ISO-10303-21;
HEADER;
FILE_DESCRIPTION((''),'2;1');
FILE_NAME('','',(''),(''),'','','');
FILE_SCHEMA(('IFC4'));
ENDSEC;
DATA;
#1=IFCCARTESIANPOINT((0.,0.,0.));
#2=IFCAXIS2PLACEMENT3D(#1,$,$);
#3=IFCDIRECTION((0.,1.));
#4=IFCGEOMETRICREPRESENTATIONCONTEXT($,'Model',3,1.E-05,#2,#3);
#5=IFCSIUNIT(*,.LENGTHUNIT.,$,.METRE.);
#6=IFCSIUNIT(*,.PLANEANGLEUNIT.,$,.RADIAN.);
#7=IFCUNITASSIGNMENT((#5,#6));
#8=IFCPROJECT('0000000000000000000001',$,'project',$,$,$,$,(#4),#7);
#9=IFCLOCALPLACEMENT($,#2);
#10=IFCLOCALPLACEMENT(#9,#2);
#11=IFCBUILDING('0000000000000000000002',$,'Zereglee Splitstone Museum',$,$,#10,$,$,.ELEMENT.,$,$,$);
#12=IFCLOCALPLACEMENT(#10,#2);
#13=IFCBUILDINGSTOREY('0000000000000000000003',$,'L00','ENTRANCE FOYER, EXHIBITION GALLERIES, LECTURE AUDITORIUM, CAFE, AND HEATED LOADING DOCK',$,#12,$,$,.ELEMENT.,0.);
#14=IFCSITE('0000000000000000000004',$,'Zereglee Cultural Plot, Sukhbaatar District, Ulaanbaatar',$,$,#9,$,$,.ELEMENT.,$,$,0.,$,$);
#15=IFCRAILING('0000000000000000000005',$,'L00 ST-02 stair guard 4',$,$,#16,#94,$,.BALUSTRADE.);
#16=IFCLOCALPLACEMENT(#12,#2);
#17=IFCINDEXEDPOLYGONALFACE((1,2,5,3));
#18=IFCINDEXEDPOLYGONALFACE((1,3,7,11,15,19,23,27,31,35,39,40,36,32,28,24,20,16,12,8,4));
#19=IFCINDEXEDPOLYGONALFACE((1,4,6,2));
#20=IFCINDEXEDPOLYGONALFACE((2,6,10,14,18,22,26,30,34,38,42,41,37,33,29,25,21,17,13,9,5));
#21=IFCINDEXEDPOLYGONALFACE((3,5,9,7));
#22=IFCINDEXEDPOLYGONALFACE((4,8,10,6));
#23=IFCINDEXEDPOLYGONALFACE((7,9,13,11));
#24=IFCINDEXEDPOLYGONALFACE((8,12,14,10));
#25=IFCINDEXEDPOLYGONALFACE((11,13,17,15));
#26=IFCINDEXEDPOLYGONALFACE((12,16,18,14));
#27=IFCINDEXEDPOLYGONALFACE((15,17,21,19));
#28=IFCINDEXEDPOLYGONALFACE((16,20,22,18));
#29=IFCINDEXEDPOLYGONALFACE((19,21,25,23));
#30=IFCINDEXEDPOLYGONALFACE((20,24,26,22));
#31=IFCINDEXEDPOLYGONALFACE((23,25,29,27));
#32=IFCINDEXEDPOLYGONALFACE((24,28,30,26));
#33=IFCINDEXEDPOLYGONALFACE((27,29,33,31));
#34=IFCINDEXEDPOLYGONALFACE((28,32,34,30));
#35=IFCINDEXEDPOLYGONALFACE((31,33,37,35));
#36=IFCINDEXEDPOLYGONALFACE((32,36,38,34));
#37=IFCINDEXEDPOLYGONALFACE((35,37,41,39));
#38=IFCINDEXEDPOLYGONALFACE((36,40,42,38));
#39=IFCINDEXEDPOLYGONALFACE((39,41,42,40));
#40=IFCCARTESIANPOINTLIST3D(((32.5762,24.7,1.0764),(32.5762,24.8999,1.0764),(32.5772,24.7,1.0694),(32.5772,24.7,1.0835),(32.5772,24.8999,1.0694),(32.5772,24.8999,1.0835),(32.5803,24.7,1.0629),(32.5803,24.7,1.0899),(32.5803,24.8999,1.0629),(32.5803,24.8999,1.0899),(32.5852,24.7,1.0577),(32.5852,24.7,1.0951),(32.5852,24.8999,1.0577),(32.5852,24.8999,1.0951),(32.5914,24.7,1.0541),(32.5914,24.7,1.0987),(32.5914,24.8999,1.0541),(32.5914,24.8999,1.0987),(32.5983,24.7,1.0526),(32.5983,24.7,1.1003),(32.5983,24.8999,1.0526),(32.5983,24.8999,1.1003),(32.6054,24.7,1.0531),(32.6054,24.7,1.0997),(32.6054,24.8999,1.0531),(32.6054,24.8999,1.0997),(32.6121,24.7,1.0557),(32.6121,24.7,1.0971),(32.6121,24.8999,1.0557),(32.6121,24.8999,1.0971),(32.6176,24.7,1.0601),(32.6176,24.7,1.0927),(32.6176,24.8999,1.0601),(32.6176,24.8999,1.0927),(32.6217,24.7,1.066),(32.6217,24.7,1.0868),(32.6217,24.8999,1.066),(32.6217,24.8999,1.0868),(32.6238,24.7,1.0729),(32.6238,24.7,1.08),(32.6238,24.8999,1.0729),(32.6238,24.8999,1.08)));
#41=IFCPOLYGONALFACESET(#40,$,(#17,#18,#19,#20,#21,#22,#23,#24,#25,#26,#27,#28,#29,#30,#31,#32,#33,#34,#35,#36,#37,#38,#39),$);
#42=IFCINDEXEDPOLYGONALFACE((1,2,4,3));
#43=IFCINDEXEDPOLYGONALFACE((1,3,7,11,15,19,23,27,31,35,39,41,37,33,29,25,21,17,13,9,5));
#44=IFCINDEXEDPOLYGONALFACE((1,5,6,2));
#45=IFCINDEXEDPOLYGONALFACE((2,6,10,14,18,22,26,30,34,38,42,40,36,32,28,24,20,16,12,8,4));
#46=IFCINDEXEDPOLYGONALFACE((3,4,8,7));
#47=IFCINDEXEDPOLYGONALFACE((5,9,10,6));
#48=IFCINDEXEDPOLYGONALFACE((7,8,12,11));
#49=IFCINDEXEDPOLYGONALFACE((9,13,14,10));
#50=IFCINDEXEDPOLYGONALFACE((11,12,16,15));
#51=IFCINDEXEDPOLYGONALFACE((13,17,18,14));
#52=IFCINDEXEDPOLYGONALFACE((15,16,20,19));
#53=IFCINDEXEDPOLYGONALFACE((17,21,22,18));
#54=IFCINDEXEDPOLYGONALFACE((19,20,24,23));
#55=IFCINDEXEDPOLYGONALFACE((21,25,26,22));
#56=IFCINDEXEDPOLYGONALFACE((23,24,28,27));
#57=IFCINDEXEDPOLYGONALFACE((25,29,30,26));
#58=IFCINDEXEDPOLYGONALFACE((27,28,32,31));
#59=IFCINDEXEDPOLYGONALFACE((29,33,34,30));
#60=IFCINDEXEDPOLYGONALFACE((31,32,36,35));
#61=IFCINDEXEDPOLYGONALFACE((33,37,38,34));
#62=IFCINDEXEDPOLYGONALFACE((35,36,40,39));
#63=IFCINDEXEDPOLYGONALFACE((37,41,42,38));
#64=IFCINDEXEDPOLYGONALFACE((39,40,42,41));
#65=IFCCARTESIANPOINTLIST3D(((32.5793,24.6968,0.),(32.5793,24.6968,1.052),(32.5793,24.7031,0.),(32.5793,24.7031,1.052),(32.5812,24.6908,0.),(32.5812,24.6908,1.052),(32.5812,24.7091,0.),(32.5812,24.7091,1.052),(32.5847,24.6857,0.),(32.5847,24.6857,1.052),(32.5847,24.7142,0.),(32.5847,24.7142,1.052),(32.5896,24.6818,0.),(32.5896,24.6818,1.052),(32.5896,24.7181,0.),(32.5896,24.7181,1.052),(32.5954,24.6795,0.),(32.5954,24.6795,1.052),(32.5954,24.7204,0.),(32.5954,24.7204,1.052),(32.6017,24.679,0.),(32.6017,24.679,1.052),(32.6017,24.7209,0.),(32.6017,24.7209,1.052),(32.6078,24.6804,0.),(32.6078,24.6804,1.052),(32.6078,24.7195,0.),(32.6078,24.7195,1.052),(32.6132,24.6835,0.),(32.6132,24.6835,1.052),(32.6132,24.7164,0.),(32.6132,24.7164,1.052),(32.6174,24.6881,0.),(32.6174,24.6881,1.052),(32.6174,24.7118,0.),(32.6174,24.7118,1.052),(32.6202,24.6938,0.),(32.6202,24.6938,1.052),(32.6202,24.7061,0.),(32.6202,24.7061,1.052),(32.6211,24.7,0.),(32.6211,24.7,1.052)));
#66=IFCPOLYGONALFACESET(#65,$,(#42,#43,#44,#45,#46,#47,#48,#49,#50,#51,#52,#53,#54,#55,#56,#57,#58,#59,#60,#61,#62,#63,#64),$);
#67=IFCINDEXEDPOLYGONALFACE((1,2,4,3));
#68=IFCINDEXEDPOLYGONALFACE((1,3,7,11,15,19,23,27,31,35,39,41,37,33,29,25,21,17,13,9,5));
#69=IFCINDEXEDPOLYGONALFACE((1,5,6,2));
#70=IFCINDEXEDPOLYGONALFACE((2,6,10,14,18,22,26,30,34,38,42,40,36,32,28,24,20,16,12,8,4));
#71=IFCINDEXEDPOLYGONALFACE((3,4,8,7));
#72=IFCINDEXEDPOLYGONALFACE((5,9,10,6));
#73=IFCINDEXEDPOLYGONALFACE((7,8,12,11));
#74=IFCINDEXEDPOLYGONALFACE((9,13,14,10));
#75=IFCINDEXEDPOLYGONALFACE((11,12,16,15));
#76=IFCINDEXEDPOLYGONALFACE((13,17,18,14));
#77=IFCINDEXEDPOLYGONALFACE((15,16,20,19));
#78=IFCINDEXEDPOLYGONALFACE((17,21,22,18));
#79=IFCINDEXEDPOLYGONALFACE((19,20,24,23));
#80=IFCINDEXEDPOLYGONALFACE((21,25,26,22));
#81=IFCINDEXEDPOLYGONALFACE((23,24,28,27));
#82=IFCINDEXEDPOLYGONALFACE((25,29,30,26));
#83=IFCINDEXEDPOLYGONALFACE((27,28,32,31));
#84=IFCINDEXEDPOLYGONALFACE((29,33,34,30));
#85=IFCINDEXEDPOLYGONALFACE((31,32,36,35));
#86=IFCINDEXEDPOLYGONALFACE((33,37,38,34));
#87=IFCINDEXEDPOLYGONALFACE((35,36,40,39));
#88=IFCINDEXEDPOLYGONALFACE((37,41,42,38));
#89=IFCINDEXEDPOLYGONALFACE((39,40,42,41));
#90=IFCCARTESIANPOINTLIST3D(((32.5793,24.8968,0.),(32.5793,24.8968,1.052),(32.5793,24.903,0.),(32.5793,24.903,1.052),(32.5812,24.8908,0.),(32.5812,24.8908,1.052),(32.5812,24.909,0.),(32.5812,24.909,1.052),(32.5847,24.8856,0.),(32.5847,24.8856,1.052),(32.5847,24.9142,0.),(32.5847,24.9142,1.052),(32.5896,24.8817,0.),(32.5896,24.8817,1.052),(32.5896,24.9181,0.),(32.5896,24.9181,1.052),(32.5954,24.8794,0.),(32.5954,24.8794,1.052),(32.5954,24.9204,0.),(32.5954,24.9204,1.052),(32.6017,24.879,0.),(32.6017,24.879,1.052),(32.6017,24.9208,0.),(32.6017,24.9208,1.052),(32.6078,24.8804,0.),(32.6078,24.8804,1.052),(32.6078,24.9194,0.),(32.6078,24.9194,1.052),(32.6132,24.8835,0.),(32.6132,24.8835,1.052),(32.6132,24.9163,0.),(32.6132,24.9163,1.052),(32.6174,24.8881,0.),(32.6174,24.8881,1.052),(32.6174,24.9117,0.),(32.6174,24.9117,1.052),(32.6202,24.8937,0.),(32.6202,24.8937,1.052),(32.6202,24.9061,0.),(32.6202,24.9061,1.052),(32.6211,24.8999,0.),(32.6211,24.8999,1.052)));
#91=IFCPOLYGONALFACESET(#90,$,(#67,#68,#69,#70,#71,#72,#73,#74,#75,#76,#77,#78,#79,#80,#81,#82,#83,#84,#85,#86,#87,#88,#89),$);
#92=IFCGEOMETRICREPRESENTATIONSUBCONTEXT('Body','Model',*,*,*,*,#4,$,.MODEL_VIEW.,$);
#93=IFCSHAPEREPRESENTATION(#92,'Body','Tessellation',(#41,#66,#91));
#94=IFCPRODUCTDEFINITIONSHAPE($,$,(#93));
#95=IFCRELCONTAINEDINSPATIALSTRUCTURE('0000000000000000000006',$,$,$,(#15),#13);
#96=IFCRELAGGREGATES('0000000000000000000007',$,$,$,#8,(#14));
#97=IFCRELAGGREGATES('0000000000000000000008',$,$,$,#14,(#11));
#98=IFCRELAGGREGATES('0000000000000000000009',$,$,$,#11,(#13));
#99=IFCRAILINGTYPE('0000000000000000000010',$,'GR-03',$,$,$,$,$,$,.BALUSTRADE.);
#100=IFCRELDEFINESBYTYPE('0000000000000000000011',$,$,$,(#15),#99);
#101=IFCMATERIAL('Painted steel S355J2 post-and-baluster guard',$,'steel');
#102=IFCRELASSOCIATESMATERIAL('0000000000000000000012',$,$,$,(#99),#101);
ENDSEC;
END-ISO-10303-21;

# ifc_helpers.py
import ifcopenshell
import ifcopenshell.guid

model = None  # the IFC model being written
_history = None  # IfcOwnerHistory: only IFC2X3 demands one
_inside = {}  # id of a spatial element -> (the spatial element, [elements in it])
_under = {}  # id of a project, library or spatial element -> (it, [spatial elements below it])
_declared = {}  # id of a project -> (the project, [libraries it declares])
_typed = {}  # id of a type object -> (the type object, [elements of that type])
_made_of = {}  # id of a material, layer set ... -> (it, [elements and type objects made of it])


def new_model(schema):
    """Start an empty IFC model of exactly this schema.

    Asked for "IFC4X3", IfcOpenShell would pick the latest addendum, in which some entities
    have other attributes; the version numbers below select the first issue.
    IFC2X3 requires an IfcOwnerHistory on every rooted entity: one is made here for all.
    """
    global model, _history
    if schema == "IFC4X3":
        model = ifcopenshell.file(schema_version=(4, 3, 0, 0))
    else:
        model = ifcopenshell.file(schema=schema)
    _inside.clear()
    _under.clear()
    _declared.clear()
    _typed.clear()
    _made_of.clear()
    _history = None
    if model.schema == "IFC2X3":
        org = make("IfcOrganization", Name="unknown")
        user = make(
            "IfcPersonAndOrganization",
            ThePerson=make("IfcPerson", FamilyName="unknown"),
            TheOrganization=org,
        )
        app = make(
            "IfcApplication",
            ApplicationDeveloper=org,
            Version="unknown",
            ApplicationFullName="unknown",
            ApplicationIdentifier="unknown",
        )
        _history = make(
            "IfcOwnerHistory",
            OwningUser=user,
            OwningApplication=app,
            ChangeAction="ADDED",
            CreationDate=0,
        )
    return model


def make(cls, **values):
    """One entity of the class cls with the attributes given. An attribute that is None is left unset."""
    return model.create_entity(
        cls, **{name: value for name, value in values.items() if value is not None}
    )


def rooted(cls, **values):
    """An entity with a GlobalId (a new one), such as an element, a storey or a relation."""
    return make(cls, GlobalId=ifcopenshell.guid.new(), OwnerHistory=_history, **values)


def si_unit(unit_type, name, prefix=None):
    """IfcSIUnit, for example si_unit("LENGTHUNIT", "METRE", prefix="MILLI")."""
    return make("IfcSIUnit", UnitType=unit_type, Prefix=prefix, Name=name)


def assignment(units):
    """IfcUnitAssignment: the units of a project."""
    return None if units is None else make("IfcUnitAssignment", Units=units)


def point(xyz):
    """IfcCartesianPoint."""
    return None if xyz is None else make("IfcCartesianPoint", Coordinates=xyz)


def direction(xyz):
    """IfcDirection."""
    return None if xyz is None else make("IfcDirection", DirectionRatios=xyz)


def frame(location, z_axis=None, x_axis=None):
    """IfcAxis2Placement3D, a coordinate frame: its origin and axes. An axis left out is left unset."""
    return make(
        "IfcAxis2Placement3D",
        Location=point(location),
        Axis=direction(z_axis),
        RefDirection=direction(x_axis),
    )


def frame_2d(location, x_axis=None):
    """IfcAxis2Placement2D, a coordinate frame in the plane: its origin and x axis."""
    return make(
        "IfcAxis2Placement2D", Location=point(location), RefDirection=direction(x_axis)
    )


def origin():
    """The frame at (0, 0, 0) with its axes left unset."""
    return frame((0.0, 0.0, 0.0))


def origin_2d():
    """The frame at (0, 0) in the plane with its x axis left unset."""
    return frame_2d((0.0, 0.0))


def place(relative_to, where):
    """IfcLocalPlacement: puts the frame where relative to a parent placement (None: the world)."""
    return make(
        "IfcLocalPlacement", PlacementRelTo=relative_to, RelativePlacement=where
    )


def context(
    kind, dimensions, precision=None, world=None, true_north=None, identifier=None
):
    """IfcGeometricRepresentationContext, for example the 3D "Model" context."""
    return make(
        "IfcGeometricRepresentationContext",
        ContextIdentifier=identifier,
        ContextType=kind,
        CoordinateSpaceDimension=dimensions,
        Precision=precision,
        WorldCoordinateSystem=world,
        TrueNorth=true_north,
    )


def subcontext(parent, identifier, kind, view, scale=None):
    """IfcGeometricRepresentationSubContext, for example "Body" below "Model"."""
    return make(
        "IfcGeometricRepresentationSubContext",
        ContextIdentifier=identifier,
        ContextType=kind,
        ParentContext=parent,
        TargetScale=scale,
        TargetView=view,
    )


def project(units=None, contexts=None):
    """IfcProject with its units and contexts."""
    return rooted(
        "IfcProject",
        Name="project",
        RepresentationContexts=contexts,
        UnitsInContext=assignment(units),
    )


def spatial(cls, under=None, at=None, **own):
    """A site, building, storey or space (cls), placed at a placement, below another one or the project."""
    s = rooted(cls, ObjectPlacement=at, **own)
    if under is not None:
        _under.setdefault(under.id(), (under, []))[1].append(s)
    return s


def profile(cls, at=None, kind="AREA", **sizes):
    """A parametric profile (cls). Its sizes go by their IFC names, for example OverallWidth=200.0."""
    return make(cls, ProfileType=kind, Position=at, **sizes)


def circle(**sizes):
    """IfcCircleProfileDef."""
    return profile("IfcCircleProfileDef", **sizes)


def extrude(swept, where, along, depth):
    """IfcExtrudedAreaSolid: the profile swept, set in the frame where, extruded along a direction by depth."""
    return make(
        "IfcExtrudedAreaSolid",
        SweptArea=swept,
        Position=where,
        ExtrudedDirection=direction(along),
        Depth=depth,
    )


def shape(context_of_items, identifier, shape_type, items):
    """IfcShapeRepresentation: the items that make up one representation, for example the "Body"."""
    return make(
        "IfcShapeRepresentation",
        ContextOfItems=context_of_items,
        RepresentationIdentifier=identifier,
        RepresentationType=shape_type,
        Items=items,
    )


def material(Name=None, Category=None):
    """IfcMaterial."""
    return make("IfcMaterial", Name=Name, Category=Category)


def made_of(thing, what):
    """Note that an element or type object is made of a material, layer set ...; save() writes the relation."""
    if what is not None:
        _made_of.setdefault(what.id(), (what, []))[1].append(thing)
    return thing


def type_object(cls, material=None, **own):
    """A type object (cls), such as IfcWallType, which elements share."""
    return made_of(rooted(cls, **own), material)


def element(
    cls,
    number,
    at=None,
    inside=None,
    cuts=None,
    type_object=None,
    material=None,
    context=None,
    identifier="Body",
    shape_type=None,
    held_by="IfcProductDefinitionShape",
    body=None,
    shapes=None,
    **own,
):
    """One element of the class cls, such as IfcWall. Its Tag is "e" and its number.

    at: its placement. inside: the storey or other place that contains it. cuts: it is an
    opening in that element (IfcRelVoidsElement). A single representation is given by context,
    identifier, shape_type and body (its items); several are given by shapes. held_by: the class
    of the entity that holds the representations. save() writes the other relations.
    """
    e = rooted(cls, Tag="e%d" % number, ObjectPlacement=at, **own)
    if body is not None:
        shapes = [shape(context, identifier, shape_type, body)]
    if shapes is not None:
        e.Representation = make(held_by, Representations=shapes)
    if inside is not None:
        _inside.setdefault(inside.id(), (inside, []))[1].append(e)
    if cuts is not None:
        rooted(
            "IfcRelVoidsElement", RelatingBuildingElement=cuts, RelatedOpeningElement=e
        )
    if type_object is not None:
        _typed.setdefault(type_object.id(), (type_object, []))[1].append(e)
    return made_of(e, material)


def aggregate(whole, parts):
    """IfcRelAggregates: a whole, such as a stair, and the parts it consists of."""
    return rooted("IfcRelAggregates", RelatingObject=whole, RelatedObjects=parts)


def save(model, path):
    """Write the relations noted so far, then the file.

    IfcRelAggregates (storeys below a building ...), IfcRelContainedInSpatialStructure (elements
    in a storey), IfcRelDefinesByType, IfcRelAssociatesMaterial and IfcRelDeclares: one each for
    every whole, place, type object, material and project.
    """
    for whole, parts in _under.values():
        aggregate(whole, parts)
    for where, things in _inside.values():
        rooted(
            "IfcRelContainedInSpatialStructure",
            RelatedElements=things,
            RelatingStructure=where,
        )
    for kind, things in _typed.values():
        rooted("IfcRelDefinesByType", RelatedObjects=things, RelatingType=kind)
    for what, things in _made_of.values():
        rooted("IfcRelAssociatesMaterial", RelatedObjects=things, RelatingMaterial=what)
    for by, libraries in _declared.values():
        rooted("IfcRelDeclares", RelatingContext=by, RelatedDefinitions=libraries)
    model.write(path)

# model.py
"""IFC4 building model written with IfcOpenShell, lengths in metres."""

from ifc_helpers import new_model, si_unit, direction, frame, origin, origin_2d, place, context, subcontext, project, spatial, circle, extrude, material, type_object, element, save


model = new_model("IFC4")

# Units and contexts
model_context = context("Model", 3, precision=1e-05, world=origin(), true_north=direction((0.0, 1.0)))
body_context = subcontext(model_context, "Body", "Model", "MODEL_VIEW")
ifc_project = project(units=[si_unit("LENGTHUNIT", "METRE"), si_unit("PLANEANGLEUNIT", "RADIAN")], contexts=[model_context])

# Site, building, storey
site_placement = place(None, origin())
site = spatial("IfcSite", under=ifc_project, at=site_placement, Name="Zereglee Cultural Plot, Sukhbaatar District, Ulaanbaatar", CompositionType="ELEMENT", RefElevation=0.0)
building_placement = place(site_placement, origin())
building = spatial("IfcBuilding", under=site, at=building_placement, Name="Zereglee Splitstone Museum", CompositionType="ELEMENT")
storey_placement = place(building_placement, origin())
storey = spatial("IfcBuildingStorey", under=building, at=storey_placement, Name="L00", Description="ENTRANCE FOYER, EXHIBITION GALLERIES, LECTURE AUDITORIUM, CAFE, AND HEATED LOADING DOCK", CompositionType="ELEMENT", Elevation=0.0)

# Railing
ifc_material_1 = material(Name="Painted steel S355J2 post-and-baluster guard", Category="steel")
railing_type_1 = type_object("IfcRailingType", Name="GR-03", PredefinedType="BALUSTRADE", material=ifc_material_1)
railing_1_placement = place(storey_placement, frame((32.6001, 24.7, 0.0)))
element("IfcRailing", 1, at=railing_1_placement, inside=storey, type_object=railing_type_1, Name="L00 ST-02 stair guard 4", PredefinedType="BALUSTRADE", context=body_context, shape_type="SweptSolid", body=[
    extrude(circle(Radius=0.0239, at=origin_2d()), frame((0.0, 0.0, 1.0764), z_axis=(0.0, 1.0, 0.0), x_axis=(-1.0, 0.0, 0.0)), (0.0, 0.0, 1.0), 0.2),
    extrude(circle(Radius=0.021, at=origin_2d()), origin(), (0.0, 0.0, 1.0), 1.052),
    extrude(circle(Radius=0.021, at=origin_2d()), frame((0.0, 0.2, 0.0)), (0.0, 0.0, 1.0), 1.052),
])

save(model, "model.ifc")
